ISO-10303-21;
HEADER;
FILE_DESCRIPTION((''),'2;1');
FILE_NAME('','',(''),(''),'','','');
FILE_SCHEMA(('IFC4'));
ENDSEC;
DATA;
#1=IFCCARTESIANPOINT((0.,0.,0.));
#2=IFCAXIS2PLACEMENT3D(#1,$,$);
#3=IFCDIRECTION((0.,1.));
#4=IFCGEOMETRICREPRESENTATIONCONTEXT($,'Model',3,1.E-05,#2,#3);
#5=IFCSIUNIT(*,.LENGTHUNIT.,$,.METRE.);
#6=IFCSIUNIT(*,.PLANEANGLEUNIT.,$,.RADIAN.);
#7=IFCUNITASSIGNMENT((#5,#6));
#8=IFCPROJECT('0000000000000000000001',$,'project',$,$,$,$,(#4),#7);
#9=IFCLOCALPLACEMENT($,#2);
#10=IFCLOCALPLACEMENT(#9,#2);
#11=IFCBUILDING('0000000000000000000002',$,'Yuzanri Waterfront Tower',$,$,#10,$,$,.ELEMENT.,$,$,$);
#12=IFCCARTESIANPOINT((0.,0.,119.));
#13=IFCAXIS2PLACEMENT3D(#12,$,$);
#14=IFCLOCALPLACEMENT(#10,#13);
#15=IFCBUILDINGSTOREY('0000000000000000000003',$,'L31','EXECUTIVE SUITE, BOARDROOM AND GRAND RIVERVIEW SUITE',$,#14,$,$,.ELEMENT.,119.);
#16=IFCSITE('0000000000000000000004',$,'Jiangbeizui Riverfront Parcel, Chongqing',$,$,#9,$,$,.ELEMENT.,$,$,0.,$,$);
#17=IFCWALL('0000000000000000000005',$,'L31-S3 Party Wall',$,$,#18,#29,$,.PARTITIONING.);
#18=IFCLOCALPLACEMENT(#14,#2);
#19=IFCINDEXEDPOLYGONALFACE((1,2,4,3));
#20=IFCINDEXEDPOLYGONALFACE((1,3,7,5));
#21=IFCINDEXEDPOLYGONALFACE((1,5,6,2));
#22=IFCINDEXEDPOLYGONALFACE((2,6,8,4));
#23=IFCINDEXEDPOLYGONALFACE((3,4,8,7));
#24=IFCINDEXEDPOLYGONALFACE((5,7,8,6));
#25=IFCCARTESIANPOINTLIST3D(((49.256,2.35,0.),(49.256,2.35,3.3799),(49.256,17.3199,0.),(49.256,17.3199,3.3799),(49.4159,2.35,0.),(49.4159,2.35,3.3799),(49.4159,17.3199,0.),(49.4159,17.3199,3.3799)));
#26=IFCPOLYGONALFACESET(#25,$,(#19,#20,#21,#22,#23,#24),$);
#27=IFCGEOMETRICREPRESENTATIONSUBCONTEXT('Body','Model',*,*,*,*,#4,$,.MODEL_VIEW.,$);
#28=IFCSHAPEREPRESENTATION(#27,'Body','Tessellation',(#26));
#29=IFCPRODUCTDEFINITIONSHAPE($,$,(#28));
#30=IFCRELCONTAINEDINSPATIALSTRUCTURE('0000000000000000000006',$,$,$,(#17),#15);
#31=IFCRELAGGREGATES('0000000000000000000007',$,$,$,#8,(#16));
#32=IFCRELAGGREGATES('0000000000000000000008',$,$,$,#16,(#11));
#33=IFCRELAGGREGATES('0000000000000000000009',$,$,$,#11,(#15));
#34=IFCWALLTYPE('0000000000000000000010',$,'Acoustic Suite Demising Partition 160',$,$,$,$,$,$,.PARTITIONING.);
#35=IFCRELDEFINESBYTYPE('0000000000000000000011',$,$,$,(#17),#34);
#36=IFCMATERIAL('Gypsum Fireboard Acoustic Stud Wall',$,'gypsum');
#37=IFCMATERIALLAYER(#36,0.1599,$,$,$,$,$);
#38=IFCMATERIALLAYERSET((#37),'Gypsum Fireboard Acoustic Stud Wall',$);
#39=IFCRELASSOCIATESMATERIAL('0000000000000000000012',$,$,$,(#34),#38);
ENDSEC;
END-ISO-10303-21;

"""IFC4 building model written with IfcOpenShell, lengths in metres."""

from ifc_helpers import new_model, si_unit, direction, frame, frame_2d, origin, place, context, subcontext, project, spatial, rectangle, extrude, source, transform, mapped, material, layer, layer_set, type_object, element, save


model = new_model("IFC4")

# Units and contexts
model_context = context("Model", 3, precision=1e-05, world=origin(), true_north=direction((0.0, 1.0)))
body_context = subcontext(model_context, "Body", "Model", "MODEL_VIEW")
ifc_project = project(units=[si_unit("LENGTHUNIT", "METRE"), si_unit("PLANEANGLEUNIT", "RADIAN")], contexts=[model_context])

# Site, building, storey
site_placement = place(None, origin())
site = spatial("IfcSite", under=ifc_project, at=site_placement, Name="Jiangbeizui Riverfront Parcel, Chongqing", CompositionType="ELEMENT", RefElevation=0.0)
building_placement = place(site_placement, origin())
building = spatial("IfcBuilding", under=site, at=building_placement, Name="Yuzanri Waterfront Tower", CompositionType="ELEMENT")
storey_placement = place(building_placement, frame((0.0, 0.0, 119.0)))
storey = spatial("IfcBuildingStorey", under=building, at=storey_placement, Name="L31", Description="EXECUTIVE SUITE, BOARDROOM AND GRAND RIVERVIEW SUITE", CompositionType="ELEMENT", Elevation=119.0)

# Wall
ifc_material_1 = material(Name="Gypsum Fireboard Acoustic Stud Wall", Category="gypsum")
ifc_layer_1 = layer(ifc_material_1, 0.1599)
ifc_layer_set_1 = layer_set([ifc_layer_1], Name="Gypsum Fireboard Acoustic Stud Wall")
wall_type_1 = type_object("IfcWallType", Name="Acoustic Suite Demising Partition 160", PredefinedType="PARTITIONING", material=ifc_layer_set_1)
shared_shape_1 = source(origin(), body_context, "Body", "SweptSolid", [
    extrude(rectangle(XDim=14.97, YDim=0.1599, at=frame_2d((7.4849, 0.0))), origin(), (0.0, 0.0, 1.0), 3.3799),
])
wall_1_placement = place(storey_placement, frame((49.3359, 2.3501, 0.0), z_axis=(0.0, 0.0, 1.0), x_axis=(0.0, 1.0, 0.0)))
element("IfcWall", 1, at=wall_1_placement, inside=storey, type_object=wall_type_1, Name="L31-S3 Party Wall", PredefinedType="PARTITIONING", context=body_context, shape_type="MappedRepresentation", body=[
    mapped(shared_shape_1, transform((0.0, 0.0, 0.0), scale=1.0)),
])

save(model, "model.ifc")
